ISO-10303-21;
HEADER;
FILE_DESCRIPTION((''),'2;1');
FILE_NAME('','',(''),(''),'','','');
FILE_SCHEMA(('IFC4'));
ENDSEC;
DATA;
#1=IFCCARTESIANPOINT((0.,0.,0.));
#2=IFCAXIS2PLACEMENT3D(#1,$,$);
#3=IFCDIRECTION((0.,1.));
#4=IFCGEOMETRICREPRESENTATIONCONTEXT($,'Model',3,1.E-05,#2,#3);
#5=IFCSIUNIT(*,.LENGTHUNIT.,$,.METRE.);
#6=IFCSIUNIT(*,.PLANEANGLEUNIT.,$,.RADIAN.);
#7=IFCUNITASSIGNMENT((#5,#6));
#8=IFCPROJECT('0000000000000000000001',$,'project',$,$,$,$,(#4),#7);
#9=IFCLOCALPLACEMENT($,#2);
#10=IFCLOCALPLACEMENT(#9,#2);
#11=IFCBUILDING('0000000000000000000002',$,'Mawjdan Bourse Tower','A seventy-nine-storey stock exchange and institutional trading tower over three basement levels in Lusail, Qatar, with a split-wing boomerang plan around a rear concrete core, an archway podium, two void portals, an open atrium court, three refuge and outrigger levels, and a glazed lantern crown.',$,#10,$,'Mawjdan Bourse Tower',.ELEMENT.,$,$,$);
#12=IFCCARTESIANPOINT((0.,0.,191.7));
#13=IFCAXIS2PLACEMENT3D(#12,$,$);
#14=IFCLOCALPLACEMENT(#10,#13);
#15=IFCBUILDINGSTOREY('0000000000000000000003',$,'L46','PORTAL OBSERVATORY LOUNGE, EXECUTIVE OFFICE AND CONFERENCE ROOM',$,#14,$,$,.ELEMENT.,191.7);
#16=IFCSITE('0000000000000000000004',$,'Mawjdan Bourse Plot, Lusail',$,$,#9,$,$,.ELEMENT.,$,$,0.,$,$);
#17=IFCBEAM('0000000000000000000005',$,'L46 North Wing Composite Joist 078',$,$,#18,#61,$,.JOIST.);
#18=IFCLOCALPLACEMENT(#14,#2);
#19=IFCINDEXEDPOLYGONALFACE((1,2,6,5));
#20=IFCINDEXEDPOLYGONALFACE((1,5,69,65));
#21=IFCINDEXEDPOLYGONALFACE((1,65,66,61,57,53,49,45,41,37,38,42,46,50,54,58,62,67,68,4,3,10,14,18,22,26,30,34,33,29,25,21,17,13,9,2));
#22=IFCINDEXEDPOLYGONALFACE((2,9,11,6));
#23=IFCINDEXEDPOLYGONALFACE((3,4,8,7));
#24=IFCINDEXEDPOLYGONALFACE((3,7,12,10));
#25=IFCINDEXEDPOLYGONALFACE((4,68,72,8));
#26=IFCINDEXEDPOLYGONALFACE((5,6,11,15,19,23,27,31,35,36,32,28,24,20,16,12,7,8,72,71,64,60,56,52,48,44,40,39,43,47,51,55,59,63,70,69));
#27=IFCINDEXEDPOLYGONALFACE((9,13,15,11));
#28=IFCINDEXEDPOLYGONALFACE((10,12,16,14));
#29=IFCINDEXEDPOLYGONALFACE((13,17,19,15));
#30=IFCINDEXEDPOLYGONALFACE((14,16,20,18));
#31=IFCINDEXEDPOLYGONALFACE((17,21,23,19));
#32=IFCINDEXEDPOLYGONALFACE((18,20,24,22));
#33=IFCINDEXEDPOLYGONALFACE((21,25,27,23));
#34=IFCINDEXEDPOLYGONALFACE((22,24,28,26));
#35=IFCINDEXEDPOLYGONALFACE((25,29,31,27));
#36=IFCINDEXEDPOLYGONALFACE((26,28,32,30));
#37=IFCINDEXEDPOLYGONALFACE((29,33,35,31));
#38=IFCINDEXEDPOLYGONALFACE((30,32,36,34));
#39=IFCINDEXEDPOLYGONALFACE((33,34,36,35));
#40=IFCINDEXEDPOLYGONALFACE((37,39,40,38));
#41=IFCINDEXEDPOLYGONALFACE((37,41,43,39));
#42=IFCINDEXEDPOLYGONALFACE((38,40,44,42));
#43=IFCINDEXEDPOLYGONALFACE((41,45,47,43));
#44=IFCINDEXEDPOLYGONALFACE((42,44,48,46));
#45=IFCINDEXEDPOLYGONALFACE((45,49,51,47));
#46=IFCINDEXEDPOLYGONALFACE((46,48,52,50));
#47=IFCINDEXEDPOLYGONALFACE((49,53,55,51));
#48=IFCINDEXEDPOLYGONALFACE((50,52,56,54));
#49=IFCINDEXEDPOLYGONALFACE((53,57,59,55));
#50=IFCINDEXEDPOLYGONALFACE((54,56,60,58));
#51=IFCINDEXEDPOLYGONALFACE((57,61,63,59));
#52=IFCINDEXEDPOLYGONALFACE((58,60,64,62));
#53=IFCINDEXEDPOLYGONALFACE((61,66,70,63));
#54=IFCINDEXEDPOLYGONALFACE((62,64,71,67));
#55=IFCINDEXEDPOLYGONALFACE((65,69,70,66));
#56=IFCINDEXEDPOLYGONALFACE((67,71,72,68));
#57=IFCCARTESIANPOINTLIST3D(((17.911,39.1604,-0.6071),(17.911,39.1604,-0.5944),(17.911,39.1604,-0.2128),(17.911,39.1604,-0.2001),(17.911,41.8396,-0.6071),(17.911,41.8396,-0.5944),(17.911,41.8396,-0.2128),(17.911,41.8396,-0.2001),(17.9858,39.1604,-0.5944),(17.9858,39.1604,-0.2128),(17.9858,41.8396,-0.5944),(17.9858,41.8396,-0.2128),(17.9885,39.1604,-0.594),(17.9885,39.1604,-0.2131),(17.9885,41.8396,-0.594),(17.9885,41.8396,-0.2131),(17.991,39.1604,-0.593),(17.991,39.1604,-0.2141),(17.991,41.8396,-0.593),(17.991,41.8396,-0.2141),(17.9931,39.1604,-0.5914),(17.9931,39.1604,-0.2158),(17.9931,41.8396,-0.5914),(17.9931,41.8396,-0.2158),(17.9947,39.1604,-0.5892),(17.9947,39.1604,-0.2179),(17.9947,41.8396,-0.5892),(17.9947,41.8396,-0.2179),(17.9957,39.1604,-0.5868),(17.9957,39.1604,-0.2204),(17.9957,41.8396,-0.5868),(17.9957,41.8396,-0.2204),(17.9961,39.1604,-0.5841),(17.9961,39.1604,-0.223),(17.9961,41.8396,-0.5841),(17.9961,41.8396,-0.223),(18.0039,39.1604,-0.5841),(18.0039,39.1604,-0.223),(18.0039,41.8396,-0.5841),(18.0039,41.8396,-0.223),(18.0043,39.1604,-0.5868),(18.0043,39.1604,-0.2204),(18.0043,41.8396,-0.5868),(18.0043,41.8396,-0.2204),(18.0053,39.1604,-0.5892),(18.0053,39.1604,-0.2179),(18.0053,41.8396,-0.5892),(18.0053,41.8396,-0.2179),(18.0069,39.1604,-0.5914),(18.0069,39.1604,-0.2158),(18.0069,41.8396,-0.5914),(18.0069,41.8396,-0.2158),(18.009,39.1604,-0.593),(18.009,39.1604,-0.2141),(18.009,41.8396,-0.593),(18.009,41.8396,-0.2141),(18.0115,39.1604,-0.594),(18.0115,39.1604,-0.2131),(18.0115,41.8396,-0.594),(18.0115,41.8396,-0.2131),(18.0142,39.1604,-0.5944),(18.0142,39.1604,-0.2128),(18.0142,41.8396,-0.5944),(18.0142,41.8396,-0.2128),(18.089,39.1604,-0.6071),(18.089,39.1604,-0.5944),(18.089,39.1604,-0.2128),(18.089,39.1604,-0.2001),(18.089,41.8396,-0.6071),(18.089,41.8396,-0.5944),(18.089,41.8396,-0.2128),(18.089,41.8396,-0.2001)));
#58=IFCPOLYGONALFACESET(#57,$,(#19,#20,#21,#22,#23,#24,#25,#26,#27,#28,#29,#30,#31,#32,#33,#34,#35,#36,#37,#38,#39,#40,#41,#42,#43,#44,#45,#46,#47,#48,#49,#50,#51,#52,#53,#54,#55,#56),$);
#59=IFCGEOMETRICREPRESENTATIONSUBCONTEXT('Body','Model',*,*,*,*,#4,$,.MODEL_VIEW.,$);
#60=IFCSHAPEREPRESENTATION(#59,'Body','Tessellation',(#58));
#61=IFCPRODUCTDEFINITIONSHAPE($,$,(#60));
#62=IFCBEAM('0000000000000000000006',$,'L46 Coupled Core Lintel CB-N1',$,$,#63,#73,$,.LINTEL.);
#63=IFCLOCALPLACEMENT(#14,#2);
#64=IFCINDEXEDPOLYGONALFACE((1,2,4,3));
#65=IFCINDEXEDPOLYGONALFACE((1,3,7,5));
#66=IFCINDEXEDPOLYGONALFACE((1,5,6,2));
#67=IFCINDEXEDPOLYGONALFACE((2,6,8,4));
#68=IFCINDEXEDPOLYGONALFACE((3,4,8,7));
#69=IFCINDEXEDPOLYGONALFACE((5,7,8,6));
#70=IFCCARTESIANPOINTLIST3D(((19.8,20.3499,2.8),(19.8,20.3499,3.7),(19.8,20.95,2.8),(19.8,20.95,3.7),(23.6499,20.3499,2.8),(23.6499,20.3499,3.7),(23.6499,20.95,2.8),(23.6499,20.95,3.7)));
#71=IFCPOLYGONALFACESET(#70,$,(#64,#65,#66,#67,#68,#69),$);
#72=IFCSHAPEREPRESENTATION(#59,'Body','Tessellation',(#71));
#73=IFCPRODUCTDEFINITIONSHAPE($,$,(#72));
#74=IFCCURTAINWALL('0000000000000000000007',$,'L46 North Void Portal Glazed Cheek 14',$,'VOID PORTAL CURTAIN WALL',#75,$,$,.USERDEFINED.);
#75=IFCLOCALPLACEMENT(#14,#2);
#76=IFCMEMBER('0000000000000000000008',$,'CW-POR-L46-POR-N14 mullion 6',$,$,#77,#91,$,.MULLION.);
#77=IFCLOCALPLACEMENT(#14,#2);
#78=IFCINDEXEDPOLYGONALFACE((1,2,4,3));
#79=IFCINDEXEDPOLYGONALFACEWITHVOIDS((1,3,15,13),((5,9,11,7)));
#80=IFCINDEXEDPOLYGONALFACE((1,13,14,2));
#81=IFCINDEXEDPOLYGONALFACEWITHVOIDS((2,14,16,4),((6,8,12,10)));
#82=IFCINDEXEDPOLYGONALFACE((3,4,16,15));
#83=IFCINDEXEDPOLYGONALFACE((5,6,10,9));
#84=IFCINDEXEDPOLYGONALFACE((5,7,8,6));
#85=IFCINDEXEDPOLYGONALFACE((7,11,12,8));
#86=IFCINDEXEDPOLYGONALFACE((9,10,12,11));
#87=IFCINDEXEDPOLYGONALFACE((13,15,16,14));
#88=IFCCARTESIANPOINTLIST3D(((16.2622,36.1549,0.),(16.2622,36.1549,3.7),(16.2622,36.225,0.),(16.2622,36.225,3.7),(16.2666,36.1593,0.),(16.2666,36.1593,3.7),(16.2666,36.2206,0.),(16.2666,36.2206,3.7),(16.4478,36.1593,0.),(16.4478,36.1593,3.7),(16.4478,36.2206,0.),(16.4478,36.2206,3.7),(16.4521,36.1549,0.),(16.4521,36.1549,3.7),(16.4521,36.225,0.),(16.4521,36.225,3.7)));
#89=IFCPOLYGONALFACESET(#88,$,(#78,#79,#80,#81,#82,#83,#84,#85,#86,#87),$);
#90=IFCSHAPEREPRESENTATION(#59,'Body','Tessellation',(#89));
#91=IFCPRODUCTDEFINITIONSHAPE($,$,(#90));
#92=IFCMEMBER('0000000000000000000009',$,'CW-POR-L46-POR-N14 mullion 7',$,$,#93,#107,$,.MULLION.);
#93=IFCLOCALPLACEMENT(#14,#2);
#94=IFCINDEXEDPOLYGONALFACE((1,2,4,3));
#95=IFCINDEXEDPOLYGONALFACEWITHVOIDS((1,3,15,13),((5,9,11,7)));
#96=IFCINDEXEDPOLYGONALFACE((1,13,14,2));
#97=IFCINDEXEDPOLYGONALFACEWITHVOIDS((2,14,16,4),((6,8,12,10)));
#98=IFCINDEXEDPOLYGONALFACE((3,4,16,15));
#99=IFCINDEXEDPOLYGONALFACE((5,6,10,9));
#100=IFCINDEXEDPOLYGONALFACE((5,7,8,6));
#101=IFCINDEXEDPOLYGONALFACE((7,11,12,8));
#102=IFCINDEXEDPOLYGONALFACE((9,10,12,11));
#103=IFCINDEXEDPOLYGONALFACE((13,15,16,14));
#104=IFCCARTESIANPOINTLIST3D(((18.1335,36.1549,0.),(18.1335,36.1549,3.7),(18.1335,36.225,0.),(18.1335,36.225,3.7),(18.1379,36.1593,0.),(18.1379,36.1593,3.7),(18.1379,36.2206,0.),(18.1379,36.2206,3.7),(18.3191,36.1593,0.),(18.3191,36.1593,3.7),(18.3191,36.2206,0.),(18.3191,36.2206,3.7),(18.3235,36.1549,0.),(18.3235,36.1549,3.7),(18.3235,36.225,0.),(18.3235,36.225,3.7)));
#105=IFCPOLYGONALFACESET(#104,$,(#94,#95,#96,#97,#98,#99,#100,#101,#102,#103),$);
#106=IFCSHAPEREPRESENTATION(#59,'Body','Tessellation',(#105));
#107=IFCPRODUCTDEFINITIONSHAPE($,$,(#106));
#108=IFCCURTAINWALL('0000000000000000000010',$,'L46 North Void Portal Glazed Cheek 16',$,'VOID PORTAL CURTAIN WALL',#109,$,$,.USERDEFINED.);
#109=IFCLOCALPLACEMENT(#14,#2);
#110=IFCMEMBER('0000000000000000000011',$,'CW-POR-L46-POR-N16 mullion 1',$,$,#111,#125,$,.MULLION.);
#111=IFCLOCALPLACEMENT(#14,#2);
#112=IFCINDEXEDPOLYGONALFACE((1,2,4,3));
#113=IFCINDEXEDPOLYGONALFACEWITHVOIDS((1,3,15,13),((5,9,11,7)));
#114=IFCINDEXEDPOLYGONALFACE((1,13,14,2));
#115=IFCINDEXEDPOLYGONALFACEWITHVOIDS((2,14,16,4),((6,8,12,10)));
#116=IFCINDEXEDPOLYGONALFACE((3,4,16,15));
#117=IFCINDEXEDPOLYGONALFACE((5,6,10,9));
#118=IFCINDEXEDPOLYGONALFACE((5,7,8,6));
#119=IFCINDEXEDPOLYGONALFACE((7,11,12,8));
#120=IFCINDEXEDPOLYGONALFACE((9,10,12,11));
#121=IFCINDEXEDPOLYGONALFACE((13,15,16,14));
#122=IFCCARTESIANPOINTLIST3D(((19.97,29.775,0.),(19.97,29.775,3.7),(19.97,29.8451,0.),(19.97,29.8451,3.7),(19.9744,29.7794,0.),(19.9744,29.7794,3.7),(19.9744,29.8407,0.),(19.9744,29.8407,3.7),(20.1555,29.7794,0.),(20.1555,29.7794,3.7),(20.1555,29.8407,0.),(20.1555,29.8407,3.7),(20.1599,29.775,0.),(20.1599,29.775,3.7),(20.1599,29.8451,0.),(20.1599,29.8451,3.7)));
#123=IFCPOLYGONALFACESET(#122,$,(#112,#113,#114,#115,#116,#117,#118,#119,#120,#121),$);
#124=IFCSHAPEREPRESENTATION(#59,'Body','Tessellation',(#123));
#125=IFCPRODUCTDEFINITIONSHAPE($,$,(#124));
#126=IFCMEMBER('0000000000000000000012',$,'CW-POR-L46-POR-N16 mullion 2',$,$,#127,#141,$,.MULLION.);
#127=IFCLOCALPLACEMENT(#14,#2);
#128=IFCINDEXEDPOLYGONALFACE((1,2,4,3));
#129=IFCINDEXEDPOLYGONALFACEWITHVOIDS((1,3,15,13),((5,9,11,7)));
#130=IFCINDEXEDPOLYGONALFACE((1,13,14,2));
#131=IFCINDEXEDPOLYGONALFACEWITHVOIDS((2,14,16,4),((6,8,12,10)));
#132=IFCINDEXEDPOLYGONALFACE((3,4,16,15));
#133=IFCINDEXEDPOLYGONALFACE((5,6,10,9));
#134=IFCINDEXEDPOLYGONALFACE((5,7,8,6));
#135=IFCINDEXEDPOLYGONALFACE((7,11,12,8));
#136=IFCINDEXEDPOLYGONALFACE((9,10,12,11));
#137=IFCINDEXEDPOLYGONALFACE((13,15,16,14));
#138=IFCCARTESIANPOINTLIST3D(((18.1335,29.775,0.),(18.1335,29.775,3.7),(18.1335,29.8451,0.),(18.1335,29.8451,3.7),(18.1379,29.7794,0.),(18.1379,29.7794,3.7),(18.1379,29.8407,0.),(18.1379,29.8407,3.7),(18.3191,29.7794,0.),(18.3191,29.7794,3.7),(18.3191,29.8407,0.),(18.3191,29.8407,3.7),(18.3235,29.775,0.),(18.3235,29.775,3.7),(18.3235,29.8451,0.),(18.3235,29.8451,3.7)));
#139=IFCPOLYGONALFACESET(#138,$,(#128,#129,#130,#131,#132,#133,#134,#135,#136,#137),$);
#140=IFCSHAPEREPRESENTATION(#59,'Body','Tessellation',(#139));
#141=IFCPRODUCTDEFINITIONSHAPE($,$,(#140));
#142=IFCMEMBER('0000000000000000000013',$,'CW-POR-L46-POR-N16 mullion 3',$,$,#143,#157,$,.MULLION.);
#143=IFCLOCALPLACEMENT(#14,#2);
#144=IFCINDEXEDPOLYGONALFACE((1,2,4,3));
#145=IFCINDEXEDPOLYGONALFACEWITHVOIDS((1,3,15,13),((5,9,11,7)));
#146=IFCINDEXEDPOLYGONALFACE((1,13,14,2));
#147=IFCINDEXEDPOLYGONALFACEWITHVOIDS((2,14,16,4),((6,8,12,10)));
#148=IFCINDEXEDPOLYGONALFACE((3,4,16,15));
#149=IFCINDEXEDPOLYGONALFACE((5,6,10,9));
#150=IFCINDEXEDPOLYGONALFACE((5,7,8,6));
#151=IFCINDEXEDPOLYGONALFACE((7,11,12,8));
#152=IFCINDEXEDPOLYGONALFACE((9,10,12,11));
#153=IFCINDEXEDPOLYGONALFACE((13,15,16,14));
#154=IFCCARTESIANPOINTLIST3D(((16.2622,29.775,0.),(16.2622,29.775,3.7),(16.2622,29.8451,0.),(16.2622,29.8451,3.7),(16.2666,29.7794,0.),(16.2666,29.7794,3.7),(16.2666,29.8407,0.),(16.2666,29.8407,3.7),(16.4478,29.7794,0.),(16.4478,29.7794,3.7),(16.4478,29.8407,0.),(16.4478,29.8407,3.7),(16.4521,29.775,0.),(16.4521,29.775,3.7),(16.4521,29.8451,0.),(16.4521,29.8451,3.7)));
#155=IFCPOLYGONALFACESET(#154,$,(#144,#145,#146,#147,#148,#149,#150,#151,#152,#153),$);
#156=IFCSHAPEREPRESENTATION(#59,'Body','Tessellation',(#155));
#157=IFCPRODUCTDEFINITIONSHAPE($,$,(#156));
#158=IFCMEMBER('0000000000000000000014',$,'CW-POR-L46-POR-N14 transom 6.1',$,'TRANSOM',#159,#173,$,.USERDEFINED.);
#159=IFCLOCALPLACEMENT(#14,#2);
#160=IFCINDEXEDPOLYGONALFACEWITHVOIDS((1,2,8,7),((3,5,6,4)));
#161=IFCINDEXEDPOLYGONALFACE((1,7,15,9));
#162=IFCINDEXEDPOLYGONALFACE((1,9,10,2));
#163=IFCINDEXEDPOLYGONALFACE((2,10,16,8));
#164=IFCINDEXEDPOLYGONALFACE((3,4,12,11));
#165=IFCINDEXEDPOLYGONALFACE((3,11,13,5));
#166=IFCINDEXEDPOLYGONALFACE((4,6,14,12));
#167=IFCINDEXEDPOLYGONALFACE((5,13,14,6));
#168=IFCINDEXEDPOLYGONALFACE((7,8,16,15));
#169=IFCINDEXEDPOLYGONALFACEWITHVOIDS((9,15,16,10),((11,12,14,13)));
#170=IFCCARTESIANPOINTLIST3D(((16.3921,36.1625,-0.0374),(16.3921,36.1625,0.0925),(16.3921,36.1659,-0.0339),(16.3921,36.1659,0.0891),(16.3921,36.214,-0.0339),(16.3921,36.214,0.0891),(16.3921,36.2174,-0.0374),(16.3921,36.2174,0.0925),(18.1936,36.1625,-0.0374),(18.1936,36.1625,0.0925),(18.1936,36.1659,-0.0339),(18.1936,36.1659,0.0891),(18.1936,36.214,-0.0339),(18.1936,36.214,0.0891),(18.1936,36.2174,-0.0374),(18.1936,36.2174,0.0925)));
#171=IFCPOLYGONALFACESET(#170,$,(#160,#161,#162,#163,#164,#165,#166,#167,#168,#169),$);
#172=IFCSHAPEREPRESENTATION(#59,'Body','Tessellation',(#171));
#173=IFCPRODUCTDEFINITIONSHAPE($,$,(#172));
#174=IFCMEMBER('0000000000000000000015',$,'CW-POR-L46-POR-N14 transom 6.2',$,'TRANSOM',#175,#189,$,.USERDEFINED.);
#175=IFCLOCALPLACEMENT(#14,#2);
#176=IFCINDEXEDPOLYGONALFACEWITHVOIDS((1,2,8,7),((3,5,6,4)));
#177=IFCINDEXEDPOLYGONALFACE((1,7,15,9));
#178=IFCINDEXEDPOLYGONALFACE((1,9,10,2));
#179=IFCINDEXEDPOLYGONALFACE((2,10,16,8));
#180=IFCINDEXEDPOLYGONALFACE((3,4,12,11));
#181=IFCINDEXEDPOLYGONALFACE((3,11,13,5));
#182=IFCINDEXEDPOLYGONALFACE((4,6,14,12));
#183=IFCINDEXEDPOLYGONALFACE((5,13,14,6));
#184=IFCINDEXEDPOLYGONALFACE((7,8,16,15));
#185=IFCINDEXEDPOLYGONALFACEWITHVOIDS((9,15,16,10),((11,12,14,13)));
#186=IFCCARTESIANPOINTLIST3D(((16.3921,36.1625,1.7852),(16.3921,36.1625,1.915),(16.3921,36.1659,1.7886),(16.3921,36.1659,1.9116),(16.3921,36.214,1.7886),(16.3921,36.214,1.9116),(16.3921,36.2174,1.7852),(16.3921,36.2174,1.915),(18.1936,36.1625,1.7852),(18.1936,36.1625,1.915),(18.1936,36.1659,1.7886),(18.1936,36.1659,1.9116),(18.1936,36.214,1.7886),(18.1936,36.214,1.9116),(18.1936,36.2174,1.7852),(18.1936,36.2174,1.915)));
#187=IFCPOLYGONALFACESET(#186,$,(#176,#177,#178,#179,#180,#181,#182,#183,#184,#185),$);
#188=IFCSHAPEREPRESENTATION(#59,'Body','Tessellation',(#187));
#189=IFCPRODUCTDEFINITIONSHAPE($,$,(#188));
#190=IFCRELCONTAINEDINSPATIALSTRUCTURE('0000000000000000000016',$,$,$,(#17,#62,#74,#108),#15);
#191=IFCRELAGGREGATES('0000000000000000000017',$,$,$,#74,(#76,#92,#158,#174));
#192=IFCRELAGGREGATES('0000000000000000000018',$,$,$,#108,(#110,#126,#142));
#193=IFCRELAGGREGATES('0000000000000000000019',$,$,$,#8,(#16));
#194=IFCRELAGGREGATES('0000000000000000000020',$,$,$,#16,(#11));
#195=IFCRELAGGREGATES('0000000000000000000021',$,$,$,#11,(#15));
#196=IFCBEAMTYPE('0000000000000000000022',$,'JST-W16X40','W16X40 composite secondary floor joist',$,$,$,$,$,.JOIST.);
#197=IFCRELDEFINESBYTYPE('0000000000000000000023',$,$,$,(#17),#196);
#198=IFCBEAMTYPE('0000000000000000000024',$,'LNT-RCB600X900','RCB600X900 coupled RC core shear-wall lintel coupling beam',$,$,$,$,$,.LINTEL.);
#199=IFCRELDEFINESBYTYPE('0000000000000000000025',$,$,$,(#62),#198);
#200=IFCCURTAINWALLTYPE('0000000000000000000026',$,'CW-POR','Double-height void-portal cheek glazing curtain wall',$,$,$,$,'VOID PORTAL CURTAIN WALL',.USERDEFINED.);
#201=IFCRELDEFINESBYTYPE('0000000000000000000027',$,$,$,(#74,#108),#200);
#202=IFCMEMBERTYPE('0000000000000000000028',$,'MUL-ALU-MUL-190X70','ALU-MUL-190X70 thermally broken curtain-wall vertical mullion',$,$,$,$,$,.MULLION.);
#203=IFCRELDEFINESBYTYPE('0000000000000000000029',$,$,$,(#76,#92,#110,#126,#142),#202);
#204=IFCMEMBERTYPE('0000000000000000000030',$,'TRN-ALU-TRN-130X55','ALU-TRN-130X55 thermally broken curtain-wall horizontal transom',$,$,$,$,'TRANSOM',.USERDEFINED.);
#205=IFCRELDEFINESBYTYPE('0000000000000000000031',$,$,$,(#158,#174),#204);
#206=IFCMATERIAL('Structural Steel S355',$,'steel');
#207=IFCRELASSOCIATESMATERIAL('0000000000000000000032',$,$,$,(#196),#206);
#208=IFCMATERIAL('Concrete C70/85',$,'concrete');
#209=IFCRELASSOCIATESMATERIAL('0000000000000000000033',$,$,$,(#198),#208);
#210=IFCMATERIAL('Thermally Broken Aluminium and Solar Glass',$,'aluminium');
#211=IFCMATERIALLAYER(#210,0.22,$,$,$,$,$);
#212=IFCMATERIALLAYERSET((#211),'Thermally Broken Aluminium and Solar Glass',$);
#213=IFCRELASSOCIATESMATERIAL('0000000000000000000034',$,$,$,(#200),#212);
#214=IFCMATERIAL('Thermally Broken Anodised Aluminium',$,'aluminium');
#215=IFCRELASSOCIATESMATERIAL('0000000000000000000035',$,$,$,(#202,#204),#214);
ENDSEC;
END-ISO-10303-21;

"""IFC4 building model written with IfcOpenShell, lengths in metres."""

from ifc_helpers import new_model, si_unit, direction, frame, origin, origin_2d, place, context, subcontext, project, spatial, rectangle, hollow_rectangle, i_section, extrude, material, layer, layer_set, material_profile, profile_set, type_object, element, aggregate, save


model = new_model("IFC4")

# Units and contexts
model_context = context("Model", 3, precision=1e-05, world=origin(), true_north=direction((0.0, 1.0)))
body_context = subcontext(model_context, "Body", "Model", "MODEL_VIEW")
ifc_project = project(units=[si_unit("LENGTHUNIT", "METRE"), si_unit("PLANEANGLEUNIT", "RADIAN")], contexts=[model_context])

# Site, building, storey
site_placement = place(None, origin())
site = spatial("IfcSite", under=ifc_project, at=site_placement, Name="Mawjdan Bourse Plot, Lusail", CompositionType="ELEMENT", RefElevation=0.0)
building_placement = place(site_placement, origin())
building = spatial("IfcBuilding", under=site, at=building_placement, Name="Mawjdan Bourse Tower", Description="A seventy-nine-storey stock exchange and institutional trading tower over three basement levels in Lusail, Qatar, with a split-wing boomerang plan around a rear concrete core, an archway podium, two void portals, an open atrium court, three refuge and outrigger levels, and a glazed lantern crown.", LongName="Mawjdan Bourse Tower", CompositionType="ELEMENT")
storey_placement = place(building_placement, frame((0.0, 0.0, 191.7)))
storey = spatial("IfcBuildingStorey", under=building, at=storey_placement, Name="L46", Description="PORTAL OBSERVATORY LOUNGE, EXECUTIVE OFFICE AND CONFERENCE ROOM", CompositionType="ELEMENT", Elevation=191.7)

# Beams
ifc_material_1 = material(Name="Structural Steel S355", Category="steel")
ifc_material_profile_1 = material_profile(ifc_material_1, i_section(OverallWidth=0.178, OverallDepth=0.407, WebThickness=0.0078, FlangeThickness=0.0127, FilletRadius=0.0103, at=origin_2d()), Name="W16X40")
ifc_profile_set_1 = profile_set([ifc_material_profile_1], Name="Structural Steel S355")
beam_type_1 = type_object("IfcBeamType", Name="JST-W16X40", Description="W16X40 composite secondary floor joist", PredefinedType="JOIST", material=ifc_profile_set_1)
for number, where, z_axis, x_axis, name in (
    (1, (18.0, 39.1604, -0.4036), (0.0, 1.0, 0.0), (-1.0, 0.0, 0.0), "L46 North Wing Composite Joist 078"),
):
    element("IfcBeam", number, at=place(storey_placement, frame(where, z_axis=z_axis, x_axis=x_axis)), inside=storey, type_object=beam_type_1, Name=name, PredefinedType="JOIST", context=body_context, shape_type="SweptSolid", body=[
        extrude(i_section(OverallWidth=0.178, OverallDepth=0.407, WebThickness=0.0078, FlangeThickness=0.0127, FilletRadius=0.0103, at=origin_2d()), origin(), (0.0, 0.0, 1.0), 2.6792),
    ])
ifc_material_2 = material(Name="Concrete C70/85", Category="concrete")
ifc_material_profile_2 = material_profile(ifc_material_2, rectangle(XDim=0.6001, YDim=0.8999, at=origin_2d()), Name="RCB600X900")
ifc_profile_set_2 = profile_set([ifc_material_profile_2], Name="Concrete C70/85")
beam_type_2 = type_object("IfcBeamType", Name="LNT-RCB600X900", Description="RCB600X900 coupled RC core shear-wall lintel coupling beam", PredefinedType="LINTEL", material=ifc_profile_set_2)
beam_1_placement = place(storey_placement, frame((19.8, 20.6499, 3.25), z_axis=(1.0, 0.0, 0.0), x_axis=(0.0, 1.0, 0.0)))
element("IfcBeam", 2, at=beam_1_placement, inside=storey, type_object=beam_type_2, Name="L46 Coupled Core Lintel CB-N1", PredefinedType="LINTEL", context=body_context, shape_type="SweptSolid", body=[
    extrude(rectangle(XDim=0.6001, YDim=0.8999, at=origin_2d()), origin(), (0.0, 0.0, 1.0), 3.8499),
])

# Curtain walls, members
ifc_material_3 = material(Name="Thermally Broken Aluminium and Solar Glass", Category="aluminium")
ifc_layer_1 = layer(ifc_material_3, 0.22)
ifc_layer_set_1 = layer_set([ifc_layer_1], Name="Thermally Broken Aluminium and Solar Glass")
curtain_wall_type = type_object("IfcCurtainWallType", Name="CW-POR", Description="Double-height void-portal cheek glazing curtain wall", ElementType="VOID PORTAL CURTAIN WALL", PredefinedType="USERDEFINED", material=ifc_layer_set_1)
curtain_wall_1_placement = place(storey_placement, origin())
curtain_wall_1 = element("IfcCurtainWall", 3, at=curtain_wall_1_placement, inside=storey, type_object=curtain_wall_type, Name="L46 North Void Portal Glazed Cheek 14", ObjectType="VOID PORTAL CURTAIN WALL", PredefinedType="USERDEFINED")
ifc_material_4 = material(Name="Thermally Broken Anodised Aluminium", Category="aluminium")
ifc_material_profile_3 = material_profile(ifc_material_4, hollow_rectangle(XDim=0.0701, YDim=0.1899, WallThickness=0.0044, at=origin_2d()), Name="ALU-MUL-190X70")
ifc_profile_set_3 = profile_set([ifc_material_profile_3], Name="Thermally Broken Anodised Aluminium")
member_type_1 = type_object("IfcMemberType", Name="MUL-ALU-MUL-190X70", Description="ALU-MUL-190X70 thermally broken curtain-wall vertical mullion", PredefinedType="MULLION", material=ifc_profile_set_3)
member_1_placement = place(storey_placement, frame((16.3572, 36.1899, 0.0), z_axis=(0.0, 0.0, 1.0), x_axis=(0.0, 1.0, 0.0)))
member_1 = element("IfcMember", 4, at=member_1_placement, type_object=member_type_1, Name="CW-POR-L46-POR-N14 mullion 6", PredefinedType="MULLION", context=body_context, shape_type="SweptSolid", body=[
    extrude(hollow_rectangle(XDim=0.0701, YDim=0.1899, WallThickness=0.0044, at=origin_2d()), origin(), (0.0, 0.0, 1.0), 3.7),
])
member_2_placement = place(storey_placement, frame((18.2285, 36.1899, 0.0), z_axis=(0.0, 0.0, 1.0), x_axis=(0.0, 1.0, 0.0)))
member_2 = element("IfcMember", 5, at=member_2_placement, type_object=member_type_1, Name="CW-POR-L46-POR-N14 mullion 7", PredefinedType="MULLION", context=body_context, shape_type="SweptSolid", body=[
    extrude(hollow_rectangle(XDim=0.0701, YDim=0.1899, WallThickness=0.0044, at=origin_2d()), origin(), (0.0, 0.0, 1.0), 3.7),
])
curtain_wall_2_placement = place(storey_placement, origin())
curtain_wall_2 = element("IfcCurtainWall", 6, at=curtain_wall_2_placement, inside=storey, type_object=curtain_wall_type, Name="L46 North Void Portal Glazed Cheek 16", ObjectType="VOID PORTAL CURTAIN WALL", PredefinedType="USERDEFINED")
member_3_placement = place(storey_placement, frame((20.0649, 29.8101, 0.0), z_axis=(0.0, 0.0, 1.0), x_axis=(0.0, -1.0, 0.0)))
member_3 = element("IfcMember", 7, at=member_3_placement, type_object=member_type_1, Name="CW-POR-L46-POR-N16 mullion 1", PredefinedType="MULLION", context=body_context, shape_type="SweptSolid", body=[
    extrude(hollow_rectangle(XDim=0.0701, YDim=0.1899, WallThickness=0.0044, at=origin_2d()), origin(), (0.0, 0.0, 1.0), 3.7),
])
member_4_placement = place(storey_placement, frame((18.2285, 29.8101, 0.0), z_axis=(0.0, 0.0, 1.0), x_axis=(0.0, -1.0, 0.0)))
member_4 = element("IfcMember", 8, at=member_4_placement, type_object=member_type_1, Name="CW-POR-L46-POR-N16 mullion 2", PredefinedType="MULLION", context=body_context, shape_type="SweptSolid", body=[
    extrude(hollow_rectangle(XDim=0.0701, YDim=0.1899, WallThickness=0.0044, at=origin_2d()), origin(), (0.0, 0.0, 1.0), 3.7),
])
member_5_placement = place(storey_placement, frame((16.3572, 29.8101, 0.0), z_axis=(0.0, 0.0, 1.0), x_axis=(0.0, -1.0, 0.0)))
member_5 = element("IfcMember", 9, at=member_5_placement, type_object=member_type_1, Name="CW-POR-L46-POR-N16 mullion 3", PredefinedType="MULLION", context=body_context, shape_type="SweptSolid", body=[
    extrude(hollow_rectangle(XDim=0.0701, YDim=0.1899, WallThickness=0.0044, at=origin_2d()), origin(), (0.0, 0.0, 1.0), 3.7),
])

# Members
ifc_material_profile_4 = material_profile(ifc_material_4, hollow_rectangle(XDim=0.0549, YDim=0.1299, WallThickness=0.0034, at=origin_2d()), Name="ALU-TRN-130X55")
ifc_profile_set_4 = profile_set([ifc_material_profile_4], Name="Thermally Broken Anodised Aluminium")
member_type_2 = type_object("IfcMemberType", Name="TRN-ALU-TRN-130X55", Description="ALU-TRN-130X55 thermally broken curtain-wall horizontal transom", ElementType="TRANSOM", PredefinedType="USERDEFINED", material=ifc_profile_set_4)
member_6_placement = place(storey_placement, frame((16.3921, 36.1899, 0.0276), z_axis=(1.0, 0.0, 0.0), x_axis=(0.0, 1.0, 0.0)))
member_6 = element("IfcMember", 10, at=member_6_placement, type_object=member_type_2, Name="CW-POR-L46-POR-N14 transom 6.1", ObjectType="TRANSOM", PredefinedType="USERDEFINED", context=body_context, shape_type="SweptSolid", body=[
    extrude(hollow_rectangle(XDim=0.0549, YDim=0.1299, WallThickness=0.0034, at=origin_2d()), origin(), (0.0, 0.0, 1.0), 1.8015),
])
member_7_placement = place(storey_placement, frame((16.3921, 36.1899, 1.8501), z_axis=(1.0, 0.0, 0.0), x_axis=(0.0, 1.0, 0.0)))
member_7 = element("IfcMember", 11, at=member_7_placement, type_object=member_type_2, Name="CW-POR-L46-POR-N14 transom 6.2", ObjectType="TRANSOM", PredefinedType="USERDEFINED", context=body_context, shape_type="SweptSolid", body=[
    extrude(hollow_rectangle(XDim=0.0549, YDim=0.1299, WallThickness=0.0034, at=origin_2d()), origin(), (0.0, 0.0, 1.0), 1.8015),
])

aggregate(curtain_wall_1, [member_1, member_2, member_6, member_7])
aggregate(curtain_wall_2, [member_3, member_4, member_5])

save(model, "model.ifc")
